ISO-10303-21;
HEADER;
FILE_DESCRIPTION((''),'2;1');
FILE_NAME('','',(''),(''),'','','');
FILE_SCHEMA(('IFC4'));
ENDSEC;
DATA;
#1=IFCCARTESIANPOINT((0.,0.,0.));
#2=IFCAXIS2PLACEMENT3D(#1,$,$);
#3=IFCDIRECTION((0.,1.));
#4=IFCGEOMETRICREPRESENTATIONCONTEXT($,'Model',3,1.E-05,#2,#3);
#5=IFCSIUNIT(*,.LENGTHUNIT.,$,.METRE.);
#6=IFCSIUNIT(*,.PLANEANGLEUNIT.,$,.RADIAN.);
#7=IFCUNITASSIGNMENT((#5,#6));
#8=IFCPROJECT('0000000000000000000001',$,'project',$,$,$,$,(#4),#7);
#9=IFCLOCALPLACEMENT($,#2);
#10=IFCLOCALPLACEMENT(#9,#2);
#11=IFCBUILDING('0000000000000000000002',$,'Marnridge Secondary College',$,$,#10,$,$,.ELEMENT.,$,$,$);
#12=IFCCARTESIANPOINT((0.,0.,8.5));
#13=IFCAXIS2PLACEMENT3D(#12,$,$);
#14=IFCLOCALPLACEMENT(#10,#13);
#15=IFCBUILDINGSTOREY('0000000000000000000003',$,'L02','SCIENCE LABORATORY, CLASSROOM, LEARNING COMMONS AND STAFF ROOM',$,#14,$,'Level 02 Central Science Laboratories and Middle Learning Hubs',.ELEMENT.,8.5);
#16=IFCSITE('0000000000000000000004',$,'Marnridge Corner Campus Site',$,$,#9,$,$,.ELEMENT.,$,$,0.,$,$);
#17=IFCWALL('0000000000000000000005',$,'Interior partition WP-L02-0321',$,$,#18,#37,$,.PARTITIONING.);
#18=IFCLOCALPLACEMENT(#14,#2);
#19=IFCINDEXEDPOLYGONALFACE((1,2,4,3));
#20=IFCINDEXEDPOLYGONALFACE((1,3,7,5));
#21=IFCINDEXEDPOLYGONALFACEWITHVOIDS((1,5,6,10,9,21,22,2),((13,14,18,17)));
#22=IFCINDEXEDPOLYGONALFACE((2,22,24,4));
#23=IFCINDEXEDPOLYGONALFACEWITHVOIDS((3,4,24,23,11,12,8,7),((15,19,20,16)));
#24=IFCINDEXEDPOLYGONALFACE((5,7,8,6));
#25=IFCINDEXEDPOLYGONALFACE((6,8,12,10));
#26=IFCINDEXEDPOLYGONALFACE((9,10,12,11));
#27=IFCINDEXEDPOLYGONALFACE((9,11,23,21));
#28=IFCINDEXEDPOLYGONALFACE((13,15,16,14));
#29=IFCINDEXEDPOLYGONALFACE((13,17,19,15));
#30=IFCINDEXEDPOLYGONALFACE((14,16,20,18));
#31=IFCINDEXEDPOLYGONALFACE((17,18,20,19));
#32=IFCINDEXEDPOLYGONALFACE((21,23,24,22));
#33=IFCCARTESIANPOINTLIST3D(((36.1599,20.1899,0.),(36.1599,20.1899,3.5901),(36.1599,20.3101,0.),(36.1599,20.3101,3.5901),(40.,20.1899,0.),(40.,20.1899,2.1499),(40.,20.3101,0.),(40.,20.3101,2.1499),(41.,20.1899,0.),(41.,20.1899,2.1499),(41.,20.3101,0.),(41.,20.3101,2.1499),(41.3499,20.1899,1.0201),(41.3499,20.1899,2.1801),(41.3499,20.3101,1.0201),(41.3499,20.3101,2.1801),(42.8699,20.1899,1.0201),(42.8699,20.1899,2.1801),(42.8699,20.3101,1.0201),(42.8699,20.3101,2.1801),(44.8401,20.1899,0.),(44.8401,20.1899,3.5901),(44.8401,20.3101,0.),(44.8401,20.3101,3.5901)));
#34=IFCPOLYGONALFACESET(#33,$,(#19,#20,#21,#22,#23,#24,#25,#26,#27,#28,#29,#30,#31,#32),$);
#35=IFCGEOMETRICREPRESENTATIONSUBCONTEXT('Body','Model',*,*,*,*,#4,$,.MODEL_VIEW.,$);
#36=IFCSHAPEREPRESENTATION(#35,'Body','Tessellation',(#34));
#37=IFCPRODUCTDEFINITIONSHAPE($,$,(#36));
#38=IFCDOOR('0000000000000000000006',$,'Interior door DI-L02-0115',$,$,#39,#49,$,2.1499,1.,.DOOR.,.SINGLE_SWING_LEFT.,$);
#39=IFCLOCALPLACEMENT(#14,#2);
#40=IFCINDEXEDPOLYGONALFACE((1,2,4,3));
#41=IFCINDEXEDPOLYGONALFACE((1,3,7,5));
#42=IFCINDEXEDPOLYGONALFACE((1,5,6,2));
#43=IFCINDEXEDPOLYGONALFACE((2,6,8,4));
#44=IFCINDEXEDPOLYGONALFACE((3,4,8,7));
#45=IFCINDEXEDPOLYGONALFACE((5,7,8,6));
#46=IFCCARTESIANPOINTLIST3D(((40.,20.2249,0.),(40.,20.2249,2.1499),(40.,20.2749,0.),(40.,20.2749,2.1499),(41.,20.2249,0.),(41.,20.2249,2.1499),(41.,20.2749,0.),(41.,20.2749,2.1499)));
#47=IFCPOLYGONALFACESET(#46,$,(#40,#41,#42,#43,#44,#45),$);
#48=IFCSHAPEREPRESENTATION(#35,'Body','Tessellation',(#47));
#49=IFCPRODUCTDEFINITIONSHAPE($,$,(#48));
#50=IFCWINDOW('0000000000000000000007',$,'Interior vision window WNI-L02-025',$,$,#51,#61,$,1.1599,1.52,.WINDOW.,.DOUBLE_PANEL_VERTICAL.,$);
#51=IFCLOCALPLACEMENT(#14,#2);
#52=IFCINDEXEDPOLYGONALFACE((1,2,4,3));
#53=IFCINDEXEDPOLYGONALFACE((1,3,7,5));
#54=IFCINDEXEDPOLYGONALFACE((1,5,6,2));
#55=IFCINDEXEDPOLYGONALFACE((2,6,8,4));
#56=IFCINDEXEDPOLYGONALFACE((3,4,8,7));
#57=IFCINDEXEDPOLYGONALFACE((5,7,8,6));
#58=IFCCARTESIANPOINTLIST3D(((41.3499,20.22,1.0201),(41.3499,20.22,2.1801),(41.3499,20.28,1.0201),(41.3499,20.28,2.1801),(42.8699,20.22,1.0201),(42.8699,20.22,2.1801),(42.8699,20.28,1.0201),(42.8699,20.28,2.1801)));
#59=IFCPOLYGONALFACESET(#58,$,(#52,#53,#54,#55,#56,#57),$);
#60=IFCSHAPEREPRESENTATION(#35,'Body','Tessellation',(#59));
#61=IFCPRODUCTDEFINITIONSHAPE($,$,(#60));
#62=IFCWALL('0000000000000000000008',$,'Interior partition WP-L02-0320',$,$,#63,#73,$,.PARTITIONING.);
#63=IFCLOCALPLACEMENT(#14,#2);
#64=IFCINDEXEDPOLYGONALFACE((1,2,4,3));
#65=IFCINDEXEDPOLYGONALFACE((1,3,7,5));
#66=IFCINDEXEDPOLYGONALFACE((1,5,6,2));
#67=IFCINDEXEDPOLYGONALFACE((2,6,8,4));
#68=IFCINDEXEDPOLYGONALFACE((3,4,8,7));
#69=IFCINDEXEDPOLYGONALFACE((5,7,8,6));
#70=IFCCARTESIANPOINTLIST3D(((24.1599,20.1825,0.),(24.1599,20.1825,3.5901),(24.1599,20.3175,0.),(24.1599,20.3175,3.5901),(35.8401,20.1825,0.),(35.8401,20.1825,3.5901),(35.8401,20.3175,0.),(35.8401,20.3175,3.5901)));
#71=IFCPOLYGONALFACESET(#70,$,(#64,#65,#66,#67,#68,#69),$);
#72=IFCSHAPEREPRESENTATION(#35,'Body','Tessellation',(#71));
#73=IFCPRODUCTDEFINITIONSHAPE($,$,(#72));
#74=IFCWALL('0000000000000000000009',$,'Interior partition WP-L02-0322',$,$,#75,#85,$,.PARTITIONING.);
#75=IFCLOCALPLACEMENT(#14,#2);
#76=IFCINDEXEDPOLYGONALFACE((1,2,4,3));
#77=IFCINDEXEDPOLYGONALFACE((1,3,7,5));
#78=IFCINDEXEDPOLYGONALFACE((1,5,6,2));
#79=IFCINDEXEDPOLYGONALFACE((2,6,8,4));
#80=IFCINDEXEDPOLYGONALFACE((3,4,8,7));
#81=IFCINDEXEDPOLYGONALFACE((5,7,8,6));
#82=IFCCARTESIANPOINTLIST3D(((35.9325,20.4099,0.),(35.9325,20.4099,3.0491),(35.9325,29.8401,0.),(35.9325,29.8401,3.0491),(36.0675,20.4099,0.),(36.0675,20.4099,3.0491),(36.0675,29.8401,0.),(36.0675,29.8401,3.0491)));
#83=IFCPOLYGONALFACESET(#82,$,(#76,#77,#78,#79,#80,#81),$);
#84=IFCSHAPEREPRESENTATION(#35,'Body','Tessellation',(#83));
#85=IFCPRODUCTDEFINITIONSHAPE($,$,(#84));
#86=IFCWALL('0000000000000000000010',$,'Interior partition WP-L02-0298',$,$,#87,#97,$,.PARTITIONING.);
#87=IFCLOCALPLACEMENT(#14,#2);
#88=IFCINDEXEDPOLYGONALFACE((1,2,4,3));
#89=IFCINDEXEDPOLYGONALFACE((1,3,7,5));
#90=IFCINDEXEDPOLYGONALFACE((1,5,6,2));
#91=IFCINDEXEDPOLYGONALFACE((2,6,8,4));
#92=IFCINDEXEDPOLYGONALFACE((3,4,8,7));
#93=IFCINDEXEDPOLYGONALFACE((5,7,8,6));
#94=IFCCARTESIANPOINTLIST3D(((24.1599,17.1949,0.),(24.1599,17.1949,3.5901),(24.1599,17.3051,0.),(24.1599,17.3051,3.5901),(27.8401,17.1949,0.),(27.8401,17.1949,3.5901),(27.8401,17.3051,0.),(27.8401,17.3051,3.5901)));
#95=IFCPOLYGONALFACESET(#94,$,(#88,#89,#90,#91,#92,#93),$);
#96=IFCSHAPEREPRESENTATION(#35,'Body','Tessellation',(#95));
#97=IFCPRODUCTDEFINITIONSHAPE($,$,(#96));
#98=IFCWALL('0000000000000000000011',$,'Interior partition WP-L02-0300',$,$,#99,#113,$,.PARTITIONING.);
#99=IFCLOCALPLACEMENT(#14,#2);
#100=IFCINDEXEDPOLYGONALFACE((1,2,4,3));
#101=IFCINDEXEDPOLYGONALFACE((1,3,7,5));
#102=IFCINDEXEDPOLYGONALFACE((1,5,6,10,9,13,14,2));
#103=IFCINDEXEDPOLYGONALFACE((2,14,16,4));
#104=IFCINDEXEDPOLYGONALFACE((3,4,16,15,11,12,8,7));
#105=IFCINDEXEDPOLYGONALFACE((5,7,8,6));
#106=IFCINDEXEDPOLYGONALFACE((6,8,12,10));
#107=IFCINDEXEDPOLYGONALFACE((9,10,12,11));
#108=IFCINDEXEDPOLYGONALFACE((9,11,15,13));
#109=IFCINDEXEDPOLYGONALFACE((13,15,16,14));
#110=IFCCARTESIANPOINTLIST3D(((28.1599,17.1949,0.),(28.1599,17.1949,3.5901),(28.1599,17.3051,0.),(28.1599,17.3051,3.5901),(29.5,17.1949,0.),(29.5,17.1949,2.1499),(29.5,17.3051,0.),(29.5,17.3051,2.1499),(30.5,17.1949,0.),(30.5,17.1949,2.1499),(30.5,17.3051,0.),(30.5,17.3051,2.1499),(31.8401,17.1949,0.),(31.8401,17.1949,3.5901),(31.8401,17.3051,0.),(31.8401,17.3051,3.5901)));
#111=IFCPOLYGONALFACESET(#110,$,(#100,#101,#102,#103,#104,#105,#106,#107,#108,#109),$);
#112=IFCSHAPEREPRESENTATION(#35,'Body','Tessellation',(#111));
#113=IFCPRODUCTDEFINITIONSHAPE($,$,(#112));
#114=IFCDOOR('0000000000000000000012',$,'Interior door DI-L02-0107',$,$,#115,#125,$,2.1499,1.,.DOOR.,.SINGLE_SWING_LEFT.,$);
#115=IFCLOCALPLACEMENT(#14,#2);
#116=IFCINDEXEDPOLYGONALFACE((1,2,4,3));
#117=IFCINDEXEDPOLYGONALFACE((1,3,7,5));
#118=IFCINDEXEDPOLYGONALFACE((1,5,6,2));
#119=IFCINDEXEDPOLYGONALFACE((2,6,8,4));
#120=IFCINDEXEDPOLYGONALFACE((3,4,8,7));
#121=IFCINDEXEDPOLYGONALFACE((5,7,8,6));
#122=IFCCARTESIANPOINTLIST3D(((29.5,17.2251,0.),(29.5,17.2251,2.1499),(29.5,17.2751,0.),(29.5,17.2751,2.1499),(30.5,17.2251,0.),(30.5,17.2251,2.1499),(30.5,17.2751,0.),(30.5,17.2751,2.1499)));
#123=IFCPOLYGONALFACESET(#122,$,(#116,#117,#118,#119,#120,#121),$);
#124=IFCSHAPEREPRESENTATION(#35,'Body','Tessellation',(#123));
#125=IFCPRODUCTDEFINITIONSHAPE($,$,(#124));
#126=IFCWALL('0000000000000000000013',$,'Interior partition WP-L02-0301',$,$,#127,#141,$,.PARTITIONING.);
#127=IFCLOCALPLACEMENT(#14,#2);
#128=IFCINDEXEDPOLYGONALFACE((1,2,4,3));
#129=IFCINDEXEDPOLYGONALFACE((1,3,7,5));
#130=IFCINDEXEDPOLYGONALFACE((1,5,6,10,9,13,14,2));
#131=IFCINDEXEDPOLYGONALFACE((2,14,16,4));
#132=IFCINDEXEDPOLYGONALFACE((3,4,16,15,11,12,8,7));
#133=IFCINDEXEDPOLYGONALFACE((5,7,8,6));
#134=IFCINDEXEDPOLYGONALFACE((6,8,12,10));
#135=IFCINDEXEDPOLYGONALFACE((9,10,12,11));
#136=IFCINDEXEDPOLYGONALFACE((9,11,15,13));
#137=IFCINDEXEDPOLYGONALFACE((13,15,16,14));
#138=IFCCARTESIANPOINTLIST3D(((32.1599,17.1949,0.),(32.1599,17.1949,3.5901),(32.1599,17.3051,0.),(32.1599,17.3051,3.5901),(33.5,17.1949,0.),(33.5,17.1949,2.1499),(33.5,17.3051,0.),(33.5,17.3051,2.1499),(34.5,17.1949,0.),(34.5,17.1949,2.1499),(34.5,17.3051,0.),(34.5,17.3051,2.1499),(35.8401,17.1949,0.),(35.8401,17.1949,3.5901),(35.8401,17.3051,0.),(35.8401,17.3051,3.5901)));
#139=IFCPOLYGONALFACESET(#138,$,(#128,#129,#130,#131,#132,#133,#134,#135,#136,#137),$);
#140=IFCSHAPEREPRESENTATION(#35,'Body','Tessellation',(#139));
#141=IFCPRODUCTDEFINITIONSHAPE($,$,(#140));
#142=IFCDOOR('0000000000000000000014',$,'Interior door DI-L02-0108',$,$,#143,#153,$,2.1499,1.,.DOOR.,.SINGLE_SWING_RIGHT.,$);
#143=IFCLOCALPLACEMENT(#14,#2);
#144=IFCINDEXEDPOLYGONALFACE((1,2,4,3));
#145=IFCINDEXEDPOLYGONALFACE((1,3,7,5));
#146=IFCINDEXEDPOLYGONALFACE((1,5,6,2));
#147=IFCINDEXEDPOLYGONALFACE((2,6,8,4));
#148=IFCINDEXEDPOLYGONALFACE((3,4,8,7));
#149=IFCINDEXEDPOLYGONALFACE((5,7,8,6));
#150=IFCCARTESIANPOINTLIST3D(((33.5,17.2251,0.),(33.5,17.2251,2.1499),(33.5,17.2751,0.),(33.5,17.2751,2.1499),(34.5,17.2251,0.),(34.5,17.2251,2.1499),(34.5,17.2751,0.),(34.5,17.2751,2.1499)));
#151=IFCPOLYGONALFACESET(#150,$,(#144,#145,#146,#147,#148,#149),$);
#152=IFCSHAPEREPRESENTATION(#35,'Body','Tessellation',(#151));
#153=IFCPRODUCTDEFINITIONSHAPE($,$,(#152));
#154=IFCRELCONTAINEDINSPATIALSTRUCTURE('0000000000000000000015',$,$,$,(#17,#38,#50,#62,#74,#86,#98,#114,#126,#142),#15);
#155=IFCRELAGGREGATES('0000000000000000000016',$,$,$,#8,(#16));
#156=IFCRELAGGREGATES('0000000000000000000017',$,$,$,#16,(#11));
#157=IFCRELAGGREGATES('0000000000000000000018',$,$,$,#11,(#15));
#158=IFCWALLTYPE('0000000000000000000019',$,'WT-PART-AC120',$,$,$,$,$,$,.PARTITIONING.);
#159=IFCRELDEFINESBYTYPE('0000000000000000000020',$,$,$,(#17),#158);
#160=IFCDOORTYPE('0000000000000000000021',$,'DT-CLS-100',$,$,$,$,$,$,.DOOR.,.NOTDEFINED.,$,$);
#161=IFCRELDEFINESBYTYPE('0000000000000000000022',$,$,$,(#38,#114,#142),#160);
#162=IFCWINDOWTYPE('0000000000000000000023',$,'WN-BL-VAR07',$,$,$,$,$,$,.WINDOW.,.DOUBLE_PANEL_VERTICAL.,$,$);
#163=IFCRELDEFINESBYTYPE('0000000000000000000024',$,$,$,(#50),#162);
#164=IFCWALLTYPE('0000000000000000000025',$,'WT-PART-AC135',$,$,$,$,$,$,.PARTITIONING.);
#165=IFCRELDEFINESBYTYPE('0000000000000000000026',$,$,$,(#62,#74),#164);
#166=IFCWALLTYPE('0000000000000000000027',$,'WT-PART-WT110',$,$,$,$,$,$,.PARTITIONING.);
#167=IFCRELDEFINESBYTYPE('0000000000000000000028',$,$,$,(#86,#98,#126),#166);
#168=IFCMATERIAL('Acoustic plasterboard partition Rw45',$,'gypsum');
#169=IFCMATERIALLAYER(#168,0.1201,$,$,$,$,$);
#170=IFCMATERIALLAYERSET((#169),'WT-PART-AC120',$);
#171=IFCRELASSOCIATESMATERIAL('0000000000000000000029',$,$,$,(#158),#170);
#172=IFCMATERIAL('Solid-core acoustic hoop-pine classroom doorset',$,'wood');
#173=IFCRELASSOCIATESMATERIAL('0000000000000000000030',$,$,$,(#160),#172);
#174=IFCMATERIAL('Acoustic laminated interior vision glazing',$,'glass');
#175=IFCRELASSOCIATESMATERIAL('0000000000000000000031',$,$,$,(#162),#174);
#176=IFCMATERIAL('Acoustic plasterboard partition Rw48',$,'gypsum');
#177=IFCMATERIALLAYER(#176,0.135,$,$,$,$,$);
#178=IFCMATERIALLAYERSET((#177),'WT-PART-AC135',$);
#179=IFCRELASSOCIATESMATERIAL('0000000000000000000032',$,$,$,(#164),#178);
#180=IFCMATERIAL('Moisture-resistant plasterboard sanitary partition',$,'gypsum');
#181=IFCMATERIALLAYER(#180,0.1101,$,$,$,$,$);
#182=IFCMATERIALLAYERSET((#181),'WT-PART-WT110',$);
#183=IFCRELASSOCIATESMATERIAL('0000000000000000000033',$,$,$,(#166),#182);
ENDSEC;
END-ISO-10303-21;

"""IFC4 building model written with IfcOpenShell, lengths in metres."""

from ifc_helpers import new_model, si_unit, direction, frame, frame_2d, origin, place, context, subcontext, project, spatial, rectangle, extrude, material, layer, layer_set, type_object, element, fill, save


model = new_model("IFC4")

# Units and contexts
model_context = context("Model", 3, precision=1e-05, world=origin(), true_north=direction((0.0, 1.0)))
body_context = subcontext(model_context, "Body", "Model", "MODEL_VIEW")
ifc_project = project(units=[si_unit("LENGTHUNIT", "METRE"), si_unit("PLANEANGLEUNIT", "RADIAN")], contexts=[model_context])

# Site, building, storey
site_placement = place(None, origin())
site = spatial("IfcSite", under=ifc_project, at=site_placement, Name="Marnridge Corner Campus Site", CompositionType="ELEMENT", RefElevation=0.0)
building_placement = place(site_placement, origin())
building = spatial("IfcBuilding", under=site, at=building_placement, Name="Marnridge Secondary College", CompositionType="ELEMENT")
storey_placement = place(building_placement, frame((0.0, 0.0, 8.5)))
storey = spatial("IfcBuildingStorey", under=building, at=storey_placement, Name="L02", Description="SCIENCE LABORATORY, CLASSROOM, LEARNING COMMONS AND STAFF ROOM", LongName="Level 02 Central Science Laboratories and Middle Learning Hubs", CompositionType="ELEMENT", Elevation=8.5)

# Wall, openings, door, window
ifc_material_1 = material(Name="Acoustic plasterboard partition Rw45", Category="gypsum")
ifc_layer_1 = layer(ifc_material_1, 0.1201)
ifc_layer_set_1 = layer_set([ifc_layer_1], Name="WT-PART-AC120")
wall_type_1 = type_object("IfcWallType", Name="WT-PART-AC120", PredefinedType="PARTITIONING", material=ifc_layer_set_1)
wall_1_placement = place(storey_placement, frame((36.1599, 20.25, 0.0), z_axis=(0.0, 0.0, 1.0), x_axis=(1.0, 0.0, 0.0)))
wall_1 = element("IfcWall", 1, at=wall_1_placement, inside=storey, type_object=wall_type_1, Name="Interior partition WP-L02-0321", PredefinedType="PARTITIONING", context=body_context, shape_type="SweptSolid", body=[
    extrude(rectangle(XDim=8.6802, YDim=0.1201, at=frame_2d((4.3401, 0.0))), origin(), (0.0, 0.0, 1.0), 3.5901),
])
opening_1_placement = place(wall_1_placement, frame((3.8401, 0.0, 0.0)))
opening_1 = element("IfcOpeningElement", 2, at=opening_1_placement, cuts=wall_1, PredefinedType="OPENING", context=body_context, shape_type="SweptSolid", body=[
    extrude(rectangle(XDim=1.0, YDim=2.1499, at=frame_2d((0.5, 1.075))), frame((0.0, 0.0701, 0.0), z_axis=(0.0, -1.0, 0.0), x_axis=(1.0, 0.0, 0.0)), (0.0, 0.0, 1.0), 0.1401),
])
opening_2_placement = place(wall_1_placement, frame((5.1899, 0.0, 1.02)))
opening_2 = element("IfcOpeningElement", 3, at=opening_2_placement, cuts=wall_1, PredefinedType="OPENING", context=body_context, shape_type="SweptSolid", body=[
    extrude(rectangle(XDim=1.52, YDim=1.1599, at=frame_2d((0.76, 0.5801))), frame((0.0, 0.0701, 0.0), z_axis=(0.0, -1.0, 0.0), x_axis=(1.0, 0.0, 0.0)), (0.0, 0.0, 1.0), 0.1401),
])
ifc_material_2 = material(Name="Solid-core acoustic hoop-pine classroom doorset", Category="wood")
door_type = type_object("IfcDoorType", Name="DT-CLS-100", OperationType="NOTDEFINED", PredefinedType="DOOR", material=ifc_material_2)
door_1_placement = place(opening_1_placement, origin())
door_1 = element("IfcDoor", 4, at=door_1_placement, inside=storey, type_object=door_type, Name="Interior door DI-L02-0115", OperationType="SINGLE_SWING_LEFT", OverallHeight=2.1499, OverallWidth=1.0, PredefinedType="DOOR", context=body_context, shape_type="SweptSolid", body=[
    extrude(rectangle(XDim=1.0, YDim=2.1499, at=frame_2d((0.5, 1.075))), frame((0.0, 0.0249, 0.0), z_axis=(0.0, -1.0, 0.0), x_axis=(1.0, 0.0, 0.0)), (0.0, 0.0, 1.0), 0.05),
])
fill(opening_1, door_1)
ifc_material_3 = material(Name="Acoustic laminated interior vision glazing", Category="glass")
window_type = type_object("IfcWindowType", Name="WN-BL-VAR07", PartitioningType="DOUBLE_PANEL_VERTICAL", PredefinedType="WINDOW", material=ifc_material_3)
window_placement = place(opening_2_placement, origin())
window = element("IfcWindow", 5, at=window_placement, inside=storey, type_object=window_type, Name="Interior vision window WNI-L02-025", OverallHeight=1.1599, OverallWidth=1.52, PartitioningType="DOUBLE_PANEL_VERTICAL", PredefinedType="WINDOW", context=body_context, shape_type="SweptSolid", body=[
    extrude(rectangle(XDim=1.52, YDim=1.1599, at=frame_2d((0.76, 0.5801))), frame((0.0, 0.03, 0.0), z_axis=(0.0, -1.0, 0.0), x_axis=(1.0, 0.0, 0.0)), (0.0, 0.0, 1.0), 0.0601),
])
fill(opening_2, window)

# Walls
ifc_material_4 = material(Name="Acoustic plasterboard partition Rw48", Category="gypsum")
ifc_layer_2 = layer(ifc_material_4, 0.135)
ifc_layer_set_2 = layer_set([ifc_layer_2], Name="WT-PART-AC135")
wall_type_2 = type_object("IfcWallType", Name="WT-PART-AC135", PredefinedType="PARTITIONING", material=ifc_layer_set_2)
wall_2_placement = place(storey_placement, frame((24.1599, 20.25, 0.0), z_axis=(0.0, 0.0, 1.0), x_axis=(1.0, 0.0, 0.0)))
element("IfcWall", 6, at=wall_2_placement, inside=storey, type_object=wall_type_2, Name="Interior partition WP-L02-0320", PredefinedType="PARTITIONING", context=body_context, shape_type="SweptSolid", body=[
    extrude(rectangle(XDim=11.6802, YDim=0.135, at=frame_2d((5.8401, 0.0))), origin(), (0.0, 0.0, 1.0), 3.5901),
])
wall_3_placement = place(storey_placement, frame((36.0, 20.4099, 0.0), z_axis=(0.0, 0.0, 1.0), x_axis=(0.0, 1.0, 0.0)))
element("IfcWall", 7, at=wall_3_placement, inside=storey, type_object=wall_type_2, Name="Interior partition WP-L02-0322", PredefinedType="PARTITIONING", context=body_context, shape_type="SweptSolid", body=[
    extrude(rectangle(XDim=9.4302, YDim=0.135, at=frame_2d((4.7151, 0.0))), origin(), (0.0, 0.0, 1.0), 3.0491),
])
ifc_material_5 = material(Name="Moisture-resistant plasterboard sanitary partition", Category="gypsum")
ifc_layer_3 = layer(ifc_material_5, 0.1101)
ifc_layer_set_3 = layer_set([ifc_layer_3], Name="WT-PART-WT110")
wall_type_3 = type_object("IfcWallType", Name="WT-PART-WT110", PredefinedType="PARTITIONING", material=ifc_layer_set_3)
wall_4_placement = place(storey_placement, frame((27.8401, 17.25, 0.0), z_axis=(0.0, 0.0, 1.0), x_axis=(-1.0, 0.0, 0.0)))
element("IfcWall", 8, at=wall_4_placement, inside=storey, type_object=wall_type_3, Name="Interior partition WP-L02-0298", PredefinedType="PARTITIONING", context=body_context, shape_type="SweptSolid", body=[
    extrude(rectangle(XDim=3.6802, YDim=0.1101, at=frame_2d((1.8401, 0.0))), origin(), (0.0, 0.0, 1.0), 3.5901),
])

# Walls, openings, doors
wall_5_placement = place(storey_placement, frame((31.8401, 17.25, 0.0), z_axis=(0.0, 0.0, 1.0), x_axis=(-1.0, 0.0, 0.0)))
wall_5 = element("IfcWall", 9, at=wall_5_placement, inside=storey, type_object=wall_type_3, Name="Interior partition WP-L02-0300", PredefinedType="PARTITIONING", context=body_context, shape_type="SweptSolid", body=[
    extrude(rectangle(XDim=3.6802, YDim=0.1101, at=frame_2d((1.8401, 0.0))), origin(), (0.0, 0.0, 1.0), 3.5901),
])
opening_3_placement = place(wall_5_placement, frame((1.3401, 0.0, 0.0)))
opening_3 = element("IfcOpeningElement", 10, at=opening_3_placement, cuts=wall_5, PredefinedType="OPENING", context=body_context, shape_type="SweptSolid", body=[
    extrude(rectangle(XDim=1.0, YDim=2.1499, at=frame_2d((0.5, 1.075))), frame((0.0, 0.0649, 0.0), z_axis=(0.0, -1.0, 0.0), x_axis=(1.0, 0.0, 0.0)), (0.0, 0.0, 1.0), 0.1301),
])
door_2_placement = place(opening_3_placement, origin())
door_2 = element("IfcDoor", 11, at=door_2_placement, inside=storey, type_object=door_type, Name="Interior door DI-L02-0107", OperationType="SINGLE_SWING_LEFT", OverallHeight=2.1499, OverallWidth=1.0, PredefinedType="DOOR", context=body_context, shape_type="SweptSolid", body=[
    extrude(rectangle(XDim=1.0, YDim=2.1499, at=frame_2d((0.5, 1.075))), frame((0.0, 0.0249, 0.0), z_axis=(0.0, -1.0, 0.0), x_axis=(1.0, 0.0, 0.0)), (0.0, 0.0, 1.0), 0.05),
])
fill(opening_3, door_2)
wall_6_placement = place(storey_placement, frame((35.8401, 17.25, 0.0), z_axis=(0.0, 0.0, 1.0), x_axis=(-1.0, 0.0, 0.0)))
wall_6 = element("IfcWall", 12, at=wall_6_placement, inside=storey, type_object=wall_type_3, Name="Interior partition WP-L02-0301", PredefinedType="PARTITIONING", context=body_context, shape_type="SweptSolid", body=[
    extrude(rectangle(XDim=3.6802, YDim=0.1101, at=frame_2d((1.8401, 0.0))), origin(), (0.0, 0.0, 1.0), 3.5901),
])
opening_4_placement = place(wall_6_placement, frame((1.3401, 0.0, 0.0)))
opening_4 = element("IfcOpeningElement", 13, at=opening_4_placement, cuts=wall_6, PredefinedType="OPENING", context=body_context, shape_type="SweptSolid", body=[
    extrude(rectangle(XDim=1.0, YDim=2.1499, at=frame_2d((0.5, 1.075))), frame((0.0, 0.0649, 0.0), z_axis=(0.0, -1.0, 0.0), x_axis=(1.0, 0.0, 0.0)), (0.0, 0.0, 1.0), 0.1301),
])
door_3_placement = place(opening_4_placement, origin())
door_3 = element("IfcDoor", 14, at=door_3_placement, inside=storey, type_object=door_type, Name="Interior door DI-L02-0108", OperationType="SINGLE_SWING_RIGHT", OverallHeight=2.1499, OverallWidth=1.0, PredefinedType="DOOR", context=body_context, shape_type="SweptSolid", body=[
    extrude(rectangle(XDim=1.0, YDim=2.1499, at=frame_2d((0.5, 1.075))), frame((0.0, 0.0249, 0.0), z_axis=(0.0, -1.0, 0.0), x_axis=(1.0, 0.0, 0.0)), (0.0, 0.0, 1.0), 0.05),
])
fill(opening_4, door_3)

save(model, "model.ifc")
